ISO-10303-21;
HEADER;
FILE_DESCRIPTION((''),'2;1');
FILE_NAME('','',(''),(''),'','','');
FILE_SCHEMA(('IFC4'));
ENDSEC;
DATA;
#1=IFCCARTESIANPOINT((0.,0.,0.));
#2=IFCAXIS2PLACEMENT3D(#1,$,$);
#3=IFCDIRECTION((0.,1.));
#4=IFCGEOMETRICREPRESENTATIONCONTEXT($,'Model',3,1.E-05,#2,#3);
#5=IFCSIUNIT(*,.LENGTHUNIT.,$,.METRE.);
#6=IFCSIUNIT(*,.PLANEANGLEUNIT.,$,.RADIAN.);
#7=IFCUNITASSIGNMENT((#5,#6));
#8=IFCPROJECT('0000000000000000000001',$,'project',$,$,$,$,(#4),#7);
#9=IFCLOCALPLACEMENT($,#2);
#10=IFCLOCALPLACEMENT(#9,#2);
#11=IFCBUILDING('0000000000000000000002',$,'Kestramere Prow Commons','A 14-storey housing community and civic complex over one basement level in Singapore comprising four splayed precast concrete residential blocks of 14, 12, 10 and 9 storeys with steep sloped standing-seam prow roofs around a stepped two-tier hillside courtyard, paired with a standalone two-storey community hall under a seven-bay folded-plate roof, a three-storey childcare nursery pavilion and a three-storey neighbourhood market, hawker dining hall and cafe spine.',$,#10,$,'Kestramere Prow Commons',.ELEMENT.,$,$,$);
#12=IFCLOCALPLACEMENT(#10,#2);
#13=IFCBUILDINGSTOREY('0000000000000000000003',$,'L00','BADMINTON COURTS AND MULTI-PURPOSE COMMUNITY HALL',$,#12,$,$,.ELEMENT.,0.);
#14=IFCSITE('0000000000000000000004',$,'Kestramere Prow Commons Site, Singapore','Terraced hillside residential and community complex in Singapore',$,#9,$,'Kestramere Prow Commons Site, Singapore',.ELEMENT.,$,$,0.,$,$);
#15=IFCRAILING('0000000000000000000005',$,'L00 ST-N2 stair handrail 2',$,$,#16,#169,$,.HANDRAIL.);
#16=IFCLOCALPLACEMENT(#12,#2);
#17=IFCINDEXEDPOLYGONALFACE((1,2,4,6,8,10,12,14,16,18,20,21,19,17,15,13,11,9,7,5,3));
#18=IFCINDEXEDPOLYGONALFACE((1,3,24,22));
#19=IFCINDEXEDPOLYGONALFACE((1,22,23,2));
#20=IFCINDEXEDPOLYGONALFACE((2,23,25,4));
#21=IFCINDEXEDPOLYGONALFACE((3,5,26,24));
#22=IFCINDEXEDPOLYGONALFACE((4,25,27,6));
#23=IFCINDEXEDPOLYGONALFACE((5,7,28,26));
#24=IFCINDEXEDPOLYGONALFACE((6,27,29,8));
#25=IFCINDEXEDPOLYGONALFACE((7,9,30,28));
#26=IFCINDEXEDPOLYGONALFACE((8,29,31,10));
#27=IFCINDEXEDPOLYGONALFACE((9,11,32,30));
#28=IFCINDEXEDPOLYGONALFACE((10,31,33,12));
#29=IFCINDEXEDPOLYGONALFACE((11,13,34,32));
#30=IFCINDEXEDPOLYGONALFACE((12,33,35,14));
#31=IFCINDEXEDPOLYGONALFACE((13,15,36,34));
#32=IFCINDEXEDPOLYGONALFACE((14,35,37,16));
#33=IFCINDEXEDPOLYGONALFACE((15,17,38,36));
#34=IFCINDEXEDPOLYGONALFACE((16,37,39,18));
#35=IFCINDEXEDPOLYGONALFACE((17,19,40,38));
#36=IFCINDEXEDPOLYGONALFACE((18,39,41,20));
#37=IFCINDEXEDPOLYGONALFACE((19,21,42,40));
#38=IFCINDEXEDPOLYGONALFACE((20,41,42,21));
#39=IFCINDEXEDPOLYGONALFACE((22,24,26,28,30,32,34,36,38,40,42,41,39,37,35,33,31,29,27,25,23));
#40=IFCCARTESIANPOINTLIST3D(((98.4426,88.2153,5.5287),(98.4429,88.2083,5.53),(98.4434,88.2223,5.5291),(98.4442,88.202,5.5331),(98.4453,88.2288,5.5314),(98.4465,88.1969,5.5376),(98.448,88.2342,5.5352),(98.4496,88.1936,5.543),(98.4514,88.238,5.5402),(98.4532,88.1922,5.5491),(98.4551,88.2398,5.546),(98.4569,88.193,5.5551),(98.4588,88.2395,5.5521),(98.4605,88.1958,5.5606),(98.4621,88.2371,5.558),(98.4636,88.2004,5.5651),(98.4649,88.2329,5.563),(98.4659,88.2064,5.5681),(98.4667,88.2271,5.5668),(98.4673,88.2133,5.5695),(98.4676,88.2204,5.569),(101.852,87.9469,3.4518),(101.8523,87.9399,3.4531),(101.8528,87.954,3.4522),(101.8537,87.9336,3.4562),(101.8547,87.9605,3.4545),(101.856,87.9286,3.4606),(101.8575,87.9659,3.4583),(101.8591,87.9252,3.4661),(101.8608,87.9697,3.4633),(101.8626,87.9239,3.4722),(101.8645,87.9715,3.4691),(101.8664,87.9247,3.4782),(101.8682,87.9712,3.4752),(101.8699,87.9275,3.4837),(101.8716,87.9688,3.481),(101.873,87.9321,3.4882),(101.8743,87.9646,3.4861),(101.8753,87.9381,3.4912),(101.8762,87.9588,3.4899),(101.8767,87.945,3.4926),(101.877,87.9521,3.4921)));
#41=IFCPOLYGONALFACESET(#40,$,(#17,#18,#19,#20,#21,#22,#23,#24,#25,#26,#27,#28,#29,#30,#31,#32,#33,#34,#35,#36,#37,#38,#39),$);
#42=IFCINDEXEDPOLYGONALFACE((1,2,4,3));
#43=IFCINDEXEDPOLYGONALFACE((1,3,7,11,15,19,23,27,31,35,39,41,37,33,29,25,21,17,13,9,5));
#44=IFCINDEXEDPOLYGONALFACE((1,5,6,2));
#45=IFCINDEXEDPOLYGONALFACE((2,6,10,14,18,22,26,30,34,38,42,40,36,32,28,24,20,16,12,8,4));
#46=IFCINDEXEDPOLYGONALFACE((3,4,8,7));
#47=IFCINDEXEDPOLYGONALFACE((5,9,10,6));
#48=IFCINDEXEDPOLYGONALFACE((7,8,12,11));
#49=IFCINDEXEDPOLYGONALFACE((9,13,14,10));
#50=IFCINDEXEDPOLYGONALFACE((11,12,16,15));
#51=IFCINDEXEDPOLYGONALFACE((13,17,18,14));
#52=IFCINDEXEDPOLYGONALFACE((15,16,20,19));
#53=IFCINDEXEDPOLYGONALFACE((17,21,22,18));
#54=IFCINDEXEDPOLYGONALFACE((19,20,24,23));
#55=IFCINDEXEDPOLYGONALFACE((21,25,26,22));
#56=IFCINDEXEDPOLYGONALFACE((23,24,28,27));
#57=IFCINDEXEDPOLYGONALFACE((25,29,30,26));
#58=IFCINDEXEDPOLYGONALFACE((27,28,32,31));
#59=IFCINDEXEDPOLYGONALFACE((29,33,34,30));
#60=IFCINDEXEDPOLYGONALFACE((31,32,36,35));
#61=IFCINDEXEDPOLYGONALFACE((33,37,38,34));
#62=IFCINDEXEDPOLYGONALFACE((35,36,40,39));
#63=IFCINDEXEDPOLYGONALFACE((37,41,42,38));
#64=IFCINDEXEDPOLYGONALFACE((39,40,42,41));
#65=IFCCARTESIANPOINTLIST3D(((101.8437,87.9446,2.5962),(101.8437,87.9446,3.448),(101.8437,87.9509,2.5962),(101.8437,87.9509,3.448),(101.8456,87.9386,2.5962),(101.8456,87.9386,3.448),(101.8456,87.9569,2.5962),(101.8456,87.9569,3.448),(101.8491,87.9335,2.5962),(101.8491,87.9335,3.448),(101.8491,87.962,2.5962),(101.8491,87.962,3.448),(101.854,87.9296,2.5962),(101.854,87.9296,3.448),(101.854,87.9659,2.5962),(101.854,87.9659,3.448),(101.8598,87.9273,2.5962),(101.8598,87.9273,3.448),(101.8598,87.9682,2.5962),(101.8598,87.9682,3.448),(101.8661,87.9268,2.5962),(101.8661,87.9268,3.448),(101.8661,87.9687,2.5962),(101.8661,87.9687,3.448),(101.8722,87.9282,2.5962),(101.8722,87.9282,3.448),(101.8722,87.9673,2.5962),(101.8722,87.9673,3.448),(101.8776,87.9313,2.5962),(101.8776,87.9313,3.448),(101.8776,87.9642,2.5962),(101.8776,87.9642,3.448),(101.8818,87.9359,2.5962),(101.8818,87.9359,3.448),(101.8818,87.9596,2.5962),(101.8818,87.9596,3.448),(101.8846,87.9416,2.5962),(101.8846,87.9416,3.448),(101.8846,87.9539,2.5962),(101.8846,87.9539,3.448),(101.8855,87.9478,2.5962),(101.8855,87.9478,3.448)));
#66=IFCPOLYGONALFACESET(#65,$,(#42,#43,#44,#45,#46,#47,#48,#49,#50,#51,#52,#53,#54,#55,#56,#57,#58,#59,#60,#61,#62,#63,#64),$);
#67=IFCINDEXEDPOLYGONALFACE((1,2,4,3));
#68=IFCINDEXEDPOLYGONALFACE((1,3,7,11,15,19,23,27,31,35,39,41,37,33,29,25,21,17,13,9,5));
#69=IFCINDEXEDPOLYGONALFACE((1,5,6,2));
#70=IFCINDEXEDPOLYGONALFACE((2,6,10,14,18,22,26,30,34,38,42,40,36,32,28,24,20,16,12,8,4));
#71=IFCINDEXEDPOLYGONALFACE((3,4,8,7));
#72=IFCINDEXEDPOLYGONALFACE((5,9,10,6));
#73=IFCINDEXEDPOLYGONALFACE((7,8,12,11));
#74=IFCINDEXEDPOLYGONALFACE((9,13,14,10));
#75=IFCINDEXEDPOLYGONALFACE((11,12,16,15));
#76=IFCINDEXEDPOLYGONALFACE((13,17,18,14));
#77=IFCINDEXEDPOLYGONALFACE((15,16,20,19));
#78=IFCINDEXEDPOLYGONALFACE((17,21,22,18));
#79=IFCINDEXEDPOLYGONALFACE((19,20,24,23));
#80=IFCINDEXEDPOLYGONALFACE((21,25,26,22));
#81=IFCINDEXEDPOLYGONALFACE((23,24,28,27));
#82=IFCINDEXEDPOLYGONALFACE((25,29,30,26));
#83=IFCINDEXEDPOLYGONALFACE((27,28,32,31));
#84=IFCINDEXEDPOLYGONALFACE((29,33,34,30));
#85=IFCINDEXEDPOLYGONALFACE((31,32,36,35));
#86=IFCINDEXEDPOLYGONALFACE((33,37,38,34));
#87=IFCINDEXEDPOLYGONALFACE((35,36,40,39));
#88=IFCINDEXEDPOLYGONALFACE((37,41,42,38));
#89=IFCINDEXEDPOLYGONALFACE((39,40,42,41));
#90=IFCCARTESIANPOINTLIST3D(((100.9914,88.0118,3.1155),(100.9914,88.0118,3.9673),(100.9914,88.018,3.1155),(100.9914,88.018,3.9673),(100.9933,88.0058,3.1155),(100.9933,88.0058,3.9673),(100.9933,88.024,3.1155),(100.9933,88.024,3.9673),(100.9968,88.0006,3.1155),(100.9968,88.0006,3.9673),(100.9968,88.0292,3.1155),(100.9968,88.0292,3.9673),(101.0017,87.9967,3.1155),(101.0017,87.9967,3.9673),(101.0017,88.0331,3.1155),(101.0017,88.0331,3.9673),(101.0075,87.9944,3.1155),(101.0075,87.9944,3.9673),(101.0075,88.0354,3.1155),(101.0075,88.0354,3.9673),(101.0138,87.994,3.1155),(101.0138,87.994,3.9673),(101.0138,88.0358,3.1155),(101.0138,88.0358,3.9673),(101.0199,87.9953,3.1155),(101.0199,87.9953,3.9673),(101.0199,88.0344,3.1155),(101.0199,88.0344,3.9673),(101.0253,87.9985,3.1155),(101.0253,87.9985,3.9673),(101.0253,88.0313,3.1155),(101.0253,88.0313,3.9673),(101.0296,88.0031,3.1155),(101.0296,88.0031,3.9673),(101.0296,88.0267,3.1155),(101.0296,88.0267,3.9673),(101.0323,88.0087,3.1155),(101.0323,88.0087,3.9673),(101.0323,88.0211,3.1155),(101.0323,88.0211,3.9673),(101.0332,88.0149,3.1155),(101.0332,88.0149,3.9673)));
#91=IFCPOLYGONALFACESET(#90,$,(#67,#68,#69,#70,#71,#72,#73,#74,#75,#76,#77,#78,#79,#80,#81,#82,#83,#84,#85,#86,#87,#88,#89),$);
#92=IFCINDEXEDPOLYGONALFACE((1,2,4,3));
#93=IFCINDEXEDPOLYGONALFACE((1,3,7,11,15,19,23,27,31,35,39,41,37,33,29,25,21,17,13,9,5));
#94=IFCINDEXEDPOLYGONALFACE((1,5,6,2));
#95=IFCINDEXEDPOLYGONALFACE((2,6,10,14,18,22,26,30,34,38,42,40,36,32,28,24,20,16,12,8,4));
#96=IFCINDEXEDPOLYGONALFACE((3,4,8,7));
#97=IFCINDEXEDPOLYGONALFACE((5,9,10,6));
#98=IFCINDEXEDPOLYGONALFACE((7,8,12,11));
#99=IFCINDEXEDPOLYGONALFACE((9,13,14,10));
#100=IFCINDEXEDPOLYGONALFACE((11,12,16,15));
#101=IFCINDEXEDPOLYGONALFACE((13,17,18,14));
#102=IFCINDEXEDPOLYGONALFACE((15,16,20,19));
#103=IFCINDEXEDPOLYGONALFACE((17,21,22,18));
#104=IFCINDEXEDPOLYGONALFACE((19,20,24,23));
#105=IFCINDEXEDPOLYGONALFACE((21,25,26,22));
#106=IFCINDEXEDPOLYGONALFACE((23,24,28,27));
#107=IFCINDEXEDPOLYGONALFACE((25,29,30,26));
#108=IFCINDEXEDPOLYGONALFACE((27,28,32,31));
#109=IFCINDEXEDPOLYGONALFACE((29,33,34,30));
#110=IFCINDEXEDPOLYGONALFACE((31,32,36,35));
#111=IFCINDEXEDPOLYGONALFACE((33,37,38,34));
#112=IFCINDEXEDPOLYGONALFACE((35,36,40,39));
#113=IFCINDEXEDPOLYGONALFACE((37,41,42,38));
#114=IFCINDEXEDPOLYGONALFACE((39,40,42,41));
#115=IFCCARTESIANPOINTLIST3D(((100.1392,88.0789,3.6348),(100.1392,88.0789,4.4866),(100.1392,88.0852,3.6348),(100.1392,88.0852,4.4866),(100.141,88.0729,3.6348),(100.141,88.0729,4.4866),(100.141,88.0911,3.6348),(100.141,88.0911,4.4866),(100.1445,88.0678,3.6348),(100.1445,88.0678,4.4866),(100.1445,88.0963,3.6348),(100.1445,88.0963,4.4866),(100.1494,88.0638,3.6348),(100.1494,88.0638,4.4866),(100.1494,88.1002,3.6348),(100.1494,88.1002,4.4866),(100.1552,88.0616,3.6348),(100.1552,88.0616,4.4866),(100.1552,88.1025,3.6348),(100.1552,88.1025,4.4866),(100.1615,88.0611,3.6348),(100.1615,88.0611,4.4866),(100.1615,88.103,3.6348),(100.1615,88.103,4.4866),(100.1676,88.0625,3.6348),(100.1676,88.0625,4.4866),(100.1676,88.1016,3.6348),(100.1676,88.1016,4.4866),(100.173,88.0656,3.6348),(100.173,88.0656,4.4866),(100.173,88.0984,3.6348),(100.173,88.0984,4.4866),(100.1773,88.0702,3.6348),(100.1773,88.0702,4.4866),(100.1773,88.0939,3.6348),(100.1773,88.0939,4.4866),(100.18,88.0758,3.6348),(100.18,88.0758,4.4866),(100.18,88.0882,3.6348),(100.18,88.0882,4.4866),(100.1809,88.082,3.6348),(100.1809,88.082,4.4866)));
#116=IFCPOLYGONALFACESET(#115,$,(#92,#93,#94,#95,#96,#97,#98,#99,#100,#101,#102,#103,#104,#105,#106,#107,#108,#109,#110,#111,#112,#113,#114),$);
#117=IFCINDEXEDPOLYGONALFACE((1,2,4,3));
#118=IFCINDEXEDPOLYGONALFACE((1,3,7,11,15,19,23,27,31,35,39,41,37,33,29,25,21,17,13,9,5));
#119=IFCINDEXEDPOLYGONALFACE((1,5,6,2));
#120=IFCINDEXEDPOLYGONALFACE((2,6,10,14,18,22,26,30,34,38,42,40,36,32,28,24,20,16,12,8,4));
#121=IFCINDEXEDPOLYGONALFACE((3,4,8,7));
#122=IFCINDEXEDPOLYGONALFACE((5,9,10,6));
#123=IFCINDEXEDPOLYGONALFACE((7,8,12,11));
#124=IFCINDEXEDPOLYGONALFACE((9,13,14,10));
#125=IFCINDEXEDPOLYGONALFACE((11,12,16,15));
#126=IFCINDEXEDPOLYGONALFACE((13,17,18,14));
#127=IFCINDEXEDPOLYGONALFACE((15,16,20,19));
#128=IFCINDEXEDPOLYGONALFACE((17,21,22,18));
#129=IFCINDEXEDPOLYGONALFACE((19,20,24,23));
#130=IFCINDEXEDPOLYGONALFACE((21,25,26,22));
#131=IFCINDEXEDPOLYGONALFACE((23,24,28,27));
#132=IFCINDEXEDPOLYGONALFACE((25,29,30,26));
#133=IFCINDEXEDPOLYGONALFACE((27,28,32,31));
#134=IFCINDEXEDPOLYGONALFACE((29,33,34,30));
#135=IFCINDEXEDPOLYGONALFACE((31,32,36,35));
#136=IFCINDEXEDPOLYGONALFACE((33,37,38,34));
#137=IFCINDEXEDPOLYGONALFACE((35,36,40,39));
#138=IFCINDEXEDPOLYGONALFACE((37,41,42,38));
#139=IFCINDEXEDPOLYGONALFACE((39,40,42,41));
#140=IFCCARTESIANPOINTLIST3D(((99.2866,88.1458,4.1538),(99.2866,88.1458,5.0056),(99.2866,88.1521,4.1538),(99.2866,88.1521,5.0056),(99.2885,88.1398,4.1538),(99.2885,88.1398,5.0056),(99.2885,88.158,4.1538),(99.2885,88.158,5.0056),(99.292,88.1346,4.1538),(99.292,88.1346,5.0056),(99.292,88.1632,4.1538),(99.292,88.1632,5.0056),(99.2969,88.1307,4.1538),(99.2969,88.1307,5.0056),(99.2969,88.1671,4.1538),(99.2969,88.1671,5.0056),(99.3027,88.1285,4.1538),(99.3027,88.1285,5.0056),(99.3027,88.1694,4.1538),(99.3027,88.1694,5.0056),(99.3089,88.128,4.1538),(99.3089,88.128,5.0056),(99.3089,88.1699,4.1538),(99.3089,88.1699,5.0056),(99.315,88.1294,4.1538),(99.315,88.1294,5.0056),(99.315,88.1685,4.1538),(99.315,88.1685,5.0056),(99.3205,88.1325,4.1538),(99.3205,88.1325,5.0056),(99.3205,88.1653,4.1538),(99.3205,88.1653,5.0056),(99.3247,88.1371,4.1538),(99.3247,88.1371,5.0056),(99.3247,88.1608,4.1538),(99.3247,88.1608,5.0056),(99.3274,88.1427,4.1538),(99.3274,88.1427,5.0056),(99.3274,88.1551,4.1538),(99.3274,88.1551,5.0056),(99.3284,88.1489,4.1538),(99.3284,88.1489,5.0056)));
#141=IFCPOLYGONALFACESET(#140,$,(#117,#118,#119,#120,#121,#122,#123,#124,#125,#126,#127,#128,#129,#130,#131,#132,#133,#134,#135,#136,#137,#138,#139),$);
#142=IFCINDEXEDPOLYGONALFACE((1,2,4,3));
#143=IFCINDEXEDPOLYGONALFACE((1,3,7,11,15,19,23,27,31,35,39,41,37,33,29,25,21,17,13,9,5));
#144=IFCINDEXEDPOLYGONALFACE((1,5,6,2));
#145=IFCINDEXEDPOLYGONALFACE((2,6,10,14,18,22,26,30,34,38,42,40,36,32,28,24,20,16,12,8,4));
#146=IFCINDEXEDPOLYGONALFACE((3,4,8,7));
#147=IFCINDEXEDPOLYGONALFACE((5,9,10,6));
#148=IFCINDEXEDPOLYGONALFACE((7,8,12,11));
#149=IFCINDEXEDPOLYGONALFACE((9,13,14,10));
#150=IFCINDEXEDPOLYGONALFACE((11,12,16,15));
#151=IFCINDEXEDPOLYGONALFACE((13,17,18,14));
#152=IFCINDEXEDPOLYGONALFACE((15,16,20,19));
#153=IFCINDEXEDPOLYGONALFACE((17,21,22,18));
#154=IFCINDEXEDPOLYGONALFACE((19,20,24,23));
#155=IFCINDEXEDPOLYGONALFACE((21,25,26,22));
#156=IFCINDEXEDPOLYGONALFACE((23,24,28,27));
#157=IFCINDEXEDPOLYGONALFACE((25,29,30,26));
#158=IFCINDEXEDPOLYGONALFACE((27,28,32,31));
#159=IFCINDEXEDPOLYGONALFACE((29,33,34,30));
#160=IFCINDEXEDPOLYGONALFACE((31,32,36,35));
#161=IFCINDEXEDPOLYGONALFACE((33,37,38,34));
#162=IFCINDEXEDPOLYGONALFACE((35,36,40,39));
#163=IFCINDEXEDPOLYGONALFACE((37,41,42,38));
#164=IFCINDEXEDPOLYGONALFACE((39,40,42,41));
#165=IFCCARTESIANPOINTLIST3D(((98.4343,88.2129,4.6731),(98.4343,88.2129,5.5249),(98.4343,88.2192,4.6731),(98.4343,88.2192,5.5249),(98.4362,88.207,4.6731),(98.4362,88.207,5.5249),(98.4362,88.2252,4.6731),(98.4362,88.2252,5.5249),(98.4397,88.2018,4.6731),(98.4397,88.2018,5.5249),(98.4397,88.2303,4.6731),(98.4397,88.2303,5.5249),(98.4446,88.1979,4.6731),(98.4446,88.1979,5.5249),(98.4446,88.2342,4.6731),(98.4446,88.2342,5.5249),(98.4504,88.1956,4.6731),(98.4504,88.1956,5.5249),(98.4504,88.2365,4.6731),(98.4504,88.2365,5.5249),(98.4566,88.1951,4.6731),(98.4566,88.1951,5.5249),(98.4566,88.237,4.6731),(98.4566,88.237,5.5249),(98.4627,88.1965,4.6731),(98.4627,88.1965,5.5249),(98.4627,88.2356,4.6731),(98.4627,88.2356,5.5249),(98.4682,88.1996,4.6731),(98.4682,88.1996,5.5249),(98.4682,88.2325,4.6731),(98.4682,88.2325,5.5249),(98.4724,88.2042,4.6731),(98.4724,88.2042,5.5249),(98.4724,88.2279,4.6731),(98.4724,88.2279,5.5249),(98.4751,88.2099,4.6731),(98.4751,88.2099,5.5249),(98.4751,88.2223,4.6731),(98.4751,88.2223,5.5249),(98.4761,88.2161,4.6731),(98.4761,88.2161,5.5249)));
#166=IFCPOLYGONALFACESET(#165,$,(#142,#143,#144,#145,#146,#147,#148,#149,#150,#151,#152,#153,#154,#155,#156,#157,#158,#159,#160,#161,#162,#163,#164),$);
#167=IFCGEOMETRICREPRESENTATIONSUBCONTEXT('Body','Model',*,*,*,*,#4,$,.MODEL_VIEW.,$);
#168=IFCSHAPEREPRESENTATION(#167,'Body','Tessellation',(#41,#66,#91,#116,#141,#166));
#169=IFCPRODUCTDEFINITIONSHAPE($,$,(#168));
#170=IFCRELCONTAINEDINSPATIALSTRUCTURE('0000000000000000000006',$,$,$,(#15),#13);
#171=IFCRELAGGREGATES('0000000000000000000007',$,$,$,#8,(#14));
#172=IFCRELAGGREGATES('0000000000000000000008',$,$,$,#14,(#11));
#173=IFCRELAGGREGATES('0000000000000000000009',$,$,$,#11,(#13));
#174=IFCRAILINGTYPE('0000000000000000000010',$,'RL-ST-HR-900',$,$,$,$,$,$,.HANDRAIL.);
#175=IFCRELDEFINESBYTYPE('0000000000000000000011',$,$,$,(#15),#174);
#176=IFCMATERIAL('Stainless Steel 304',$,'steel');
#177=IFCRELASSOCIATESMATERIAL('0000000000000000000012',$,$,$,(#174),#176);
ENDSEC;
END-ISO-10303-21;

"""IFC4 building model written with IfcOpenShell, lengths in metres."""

from ifc_helpers import new_model, si_unit, direction, frame, origin, origin_2d, place, context, subcontext, project, spatial, circle, extrude, material, type_object, element, save


model = new_model("IFC4")

# Units and contexts
model_context = context("Model", 3, precision=1e-05, world=origin(), true_north=direction((0.0, 1.0)))
body_context = subcontext(model_context, "Body", "Model", "MODEL_VIEW")
ifc_project = project(units=[si_unit("LENGTHUNIT", "METRE"), si_unit("PLANEANGLEUNIT", "RADIAN")], contexts=[model_context])

# Site, building, storey
site_placement = place(None, origin())
site = spatial("IfcSite", under=ifc_project, at=site_placement, Name="Kestramere Prow Commons Site, Singapore", Description="Terraced hillside residential and community complex in Singapore", LongName="Kestramere Prow Commons Site, Singapore", CompositionType="ELEMENT", RefElevation=0.0)
building_placement = place(site_placement, origin())
building = spatial("IfcBuilding", under=site, at=building_placement, Name="Kestramere Prow Commons", Description="A 14-storey housing community and civic complex over one basement level in Singapore comprising four splayed precast concrete residential blocks of 14, 12, 10 and 9 storeys with steep sloped standing-seam prow roofs around a stepped two-tier hillside courtyard, paired with a standalone two-storey community hall under a seven-bay folded-plate roof, a three-storey childcare nursery pavilion and a three-storey neighbourhood market, hawker dining hall and cafe spine.", LongName="Kestramere Prow Commons", CompositionType="ELEMENT")
storey_placement = place(building_placement, origin())
storey = spatial("IfcBuildingStorey", under=building, at=storey_placement, Name="L00", Description="BADMINTON COURTS AND MULTI-PURPOSE COMMUNITY HALL", CompositionType="ELEMENT", Elevation=0.0)

# Railing
ifc_material_1 = material(Name="Stainless Steel 304", Category="steel")
railing_type_1 = type_object("IfcRailingType", Name="RL-ST-HR-900", PredefinedType="HANDRAIL", material=ifc_material_1)
railing_1_placement = place(storey_placement, frame((101.8645, 87.9478, 2.5962)))
element("IfcRailing", 1, at=railing_1_placement, inside=storey, type_object=railing_type_1, Name="L00 ST-N2 stair handrail 2", PredefinedType="HANDRAIL", context=body_context, shape_type="SweptSolid", body=[
    extrude(circle(Radius=0.0239, at=origin_2d()), frame((0.0, 0.0, 0.876), z_axis=(-0.852098, 0.067057, 0.519069), x_axis=(-0.078454, -0.996918, 0.0)), (0.0, 0.0, 1.0), 4.0012),
    extrude(circle(Radius=0.021, at=origin_2d()), origin(), (0.0, 0.0, 1.0), 0.8518),
    extrude(circle(Radius=0.021, at=origin_2d()), frame((-0.8523, 0.0671, 0.5193)), (0.0, 0.0, 1.0), 0.8518),
    extrude(circle(Radius=0.021, at=origin_2d()), frame((-1.7046, 0.1343, 1.0386)), (0.0, 0.0, 1.0), 0.8518),
    extrude(circle(Radius=0.021, at=origin_2d()), frame((-2.5571, 0.2012, 1.5576)), (0.0, 0.0, 1.0), 0.8518),
    extrude(circle(Radius=0.021, at=origin_2d()), frame((-3.4094, 0.2683, 2.0769)), (0.0, 0.0, 1.0), 0.8518),
])

save(model, "model.ifc")
